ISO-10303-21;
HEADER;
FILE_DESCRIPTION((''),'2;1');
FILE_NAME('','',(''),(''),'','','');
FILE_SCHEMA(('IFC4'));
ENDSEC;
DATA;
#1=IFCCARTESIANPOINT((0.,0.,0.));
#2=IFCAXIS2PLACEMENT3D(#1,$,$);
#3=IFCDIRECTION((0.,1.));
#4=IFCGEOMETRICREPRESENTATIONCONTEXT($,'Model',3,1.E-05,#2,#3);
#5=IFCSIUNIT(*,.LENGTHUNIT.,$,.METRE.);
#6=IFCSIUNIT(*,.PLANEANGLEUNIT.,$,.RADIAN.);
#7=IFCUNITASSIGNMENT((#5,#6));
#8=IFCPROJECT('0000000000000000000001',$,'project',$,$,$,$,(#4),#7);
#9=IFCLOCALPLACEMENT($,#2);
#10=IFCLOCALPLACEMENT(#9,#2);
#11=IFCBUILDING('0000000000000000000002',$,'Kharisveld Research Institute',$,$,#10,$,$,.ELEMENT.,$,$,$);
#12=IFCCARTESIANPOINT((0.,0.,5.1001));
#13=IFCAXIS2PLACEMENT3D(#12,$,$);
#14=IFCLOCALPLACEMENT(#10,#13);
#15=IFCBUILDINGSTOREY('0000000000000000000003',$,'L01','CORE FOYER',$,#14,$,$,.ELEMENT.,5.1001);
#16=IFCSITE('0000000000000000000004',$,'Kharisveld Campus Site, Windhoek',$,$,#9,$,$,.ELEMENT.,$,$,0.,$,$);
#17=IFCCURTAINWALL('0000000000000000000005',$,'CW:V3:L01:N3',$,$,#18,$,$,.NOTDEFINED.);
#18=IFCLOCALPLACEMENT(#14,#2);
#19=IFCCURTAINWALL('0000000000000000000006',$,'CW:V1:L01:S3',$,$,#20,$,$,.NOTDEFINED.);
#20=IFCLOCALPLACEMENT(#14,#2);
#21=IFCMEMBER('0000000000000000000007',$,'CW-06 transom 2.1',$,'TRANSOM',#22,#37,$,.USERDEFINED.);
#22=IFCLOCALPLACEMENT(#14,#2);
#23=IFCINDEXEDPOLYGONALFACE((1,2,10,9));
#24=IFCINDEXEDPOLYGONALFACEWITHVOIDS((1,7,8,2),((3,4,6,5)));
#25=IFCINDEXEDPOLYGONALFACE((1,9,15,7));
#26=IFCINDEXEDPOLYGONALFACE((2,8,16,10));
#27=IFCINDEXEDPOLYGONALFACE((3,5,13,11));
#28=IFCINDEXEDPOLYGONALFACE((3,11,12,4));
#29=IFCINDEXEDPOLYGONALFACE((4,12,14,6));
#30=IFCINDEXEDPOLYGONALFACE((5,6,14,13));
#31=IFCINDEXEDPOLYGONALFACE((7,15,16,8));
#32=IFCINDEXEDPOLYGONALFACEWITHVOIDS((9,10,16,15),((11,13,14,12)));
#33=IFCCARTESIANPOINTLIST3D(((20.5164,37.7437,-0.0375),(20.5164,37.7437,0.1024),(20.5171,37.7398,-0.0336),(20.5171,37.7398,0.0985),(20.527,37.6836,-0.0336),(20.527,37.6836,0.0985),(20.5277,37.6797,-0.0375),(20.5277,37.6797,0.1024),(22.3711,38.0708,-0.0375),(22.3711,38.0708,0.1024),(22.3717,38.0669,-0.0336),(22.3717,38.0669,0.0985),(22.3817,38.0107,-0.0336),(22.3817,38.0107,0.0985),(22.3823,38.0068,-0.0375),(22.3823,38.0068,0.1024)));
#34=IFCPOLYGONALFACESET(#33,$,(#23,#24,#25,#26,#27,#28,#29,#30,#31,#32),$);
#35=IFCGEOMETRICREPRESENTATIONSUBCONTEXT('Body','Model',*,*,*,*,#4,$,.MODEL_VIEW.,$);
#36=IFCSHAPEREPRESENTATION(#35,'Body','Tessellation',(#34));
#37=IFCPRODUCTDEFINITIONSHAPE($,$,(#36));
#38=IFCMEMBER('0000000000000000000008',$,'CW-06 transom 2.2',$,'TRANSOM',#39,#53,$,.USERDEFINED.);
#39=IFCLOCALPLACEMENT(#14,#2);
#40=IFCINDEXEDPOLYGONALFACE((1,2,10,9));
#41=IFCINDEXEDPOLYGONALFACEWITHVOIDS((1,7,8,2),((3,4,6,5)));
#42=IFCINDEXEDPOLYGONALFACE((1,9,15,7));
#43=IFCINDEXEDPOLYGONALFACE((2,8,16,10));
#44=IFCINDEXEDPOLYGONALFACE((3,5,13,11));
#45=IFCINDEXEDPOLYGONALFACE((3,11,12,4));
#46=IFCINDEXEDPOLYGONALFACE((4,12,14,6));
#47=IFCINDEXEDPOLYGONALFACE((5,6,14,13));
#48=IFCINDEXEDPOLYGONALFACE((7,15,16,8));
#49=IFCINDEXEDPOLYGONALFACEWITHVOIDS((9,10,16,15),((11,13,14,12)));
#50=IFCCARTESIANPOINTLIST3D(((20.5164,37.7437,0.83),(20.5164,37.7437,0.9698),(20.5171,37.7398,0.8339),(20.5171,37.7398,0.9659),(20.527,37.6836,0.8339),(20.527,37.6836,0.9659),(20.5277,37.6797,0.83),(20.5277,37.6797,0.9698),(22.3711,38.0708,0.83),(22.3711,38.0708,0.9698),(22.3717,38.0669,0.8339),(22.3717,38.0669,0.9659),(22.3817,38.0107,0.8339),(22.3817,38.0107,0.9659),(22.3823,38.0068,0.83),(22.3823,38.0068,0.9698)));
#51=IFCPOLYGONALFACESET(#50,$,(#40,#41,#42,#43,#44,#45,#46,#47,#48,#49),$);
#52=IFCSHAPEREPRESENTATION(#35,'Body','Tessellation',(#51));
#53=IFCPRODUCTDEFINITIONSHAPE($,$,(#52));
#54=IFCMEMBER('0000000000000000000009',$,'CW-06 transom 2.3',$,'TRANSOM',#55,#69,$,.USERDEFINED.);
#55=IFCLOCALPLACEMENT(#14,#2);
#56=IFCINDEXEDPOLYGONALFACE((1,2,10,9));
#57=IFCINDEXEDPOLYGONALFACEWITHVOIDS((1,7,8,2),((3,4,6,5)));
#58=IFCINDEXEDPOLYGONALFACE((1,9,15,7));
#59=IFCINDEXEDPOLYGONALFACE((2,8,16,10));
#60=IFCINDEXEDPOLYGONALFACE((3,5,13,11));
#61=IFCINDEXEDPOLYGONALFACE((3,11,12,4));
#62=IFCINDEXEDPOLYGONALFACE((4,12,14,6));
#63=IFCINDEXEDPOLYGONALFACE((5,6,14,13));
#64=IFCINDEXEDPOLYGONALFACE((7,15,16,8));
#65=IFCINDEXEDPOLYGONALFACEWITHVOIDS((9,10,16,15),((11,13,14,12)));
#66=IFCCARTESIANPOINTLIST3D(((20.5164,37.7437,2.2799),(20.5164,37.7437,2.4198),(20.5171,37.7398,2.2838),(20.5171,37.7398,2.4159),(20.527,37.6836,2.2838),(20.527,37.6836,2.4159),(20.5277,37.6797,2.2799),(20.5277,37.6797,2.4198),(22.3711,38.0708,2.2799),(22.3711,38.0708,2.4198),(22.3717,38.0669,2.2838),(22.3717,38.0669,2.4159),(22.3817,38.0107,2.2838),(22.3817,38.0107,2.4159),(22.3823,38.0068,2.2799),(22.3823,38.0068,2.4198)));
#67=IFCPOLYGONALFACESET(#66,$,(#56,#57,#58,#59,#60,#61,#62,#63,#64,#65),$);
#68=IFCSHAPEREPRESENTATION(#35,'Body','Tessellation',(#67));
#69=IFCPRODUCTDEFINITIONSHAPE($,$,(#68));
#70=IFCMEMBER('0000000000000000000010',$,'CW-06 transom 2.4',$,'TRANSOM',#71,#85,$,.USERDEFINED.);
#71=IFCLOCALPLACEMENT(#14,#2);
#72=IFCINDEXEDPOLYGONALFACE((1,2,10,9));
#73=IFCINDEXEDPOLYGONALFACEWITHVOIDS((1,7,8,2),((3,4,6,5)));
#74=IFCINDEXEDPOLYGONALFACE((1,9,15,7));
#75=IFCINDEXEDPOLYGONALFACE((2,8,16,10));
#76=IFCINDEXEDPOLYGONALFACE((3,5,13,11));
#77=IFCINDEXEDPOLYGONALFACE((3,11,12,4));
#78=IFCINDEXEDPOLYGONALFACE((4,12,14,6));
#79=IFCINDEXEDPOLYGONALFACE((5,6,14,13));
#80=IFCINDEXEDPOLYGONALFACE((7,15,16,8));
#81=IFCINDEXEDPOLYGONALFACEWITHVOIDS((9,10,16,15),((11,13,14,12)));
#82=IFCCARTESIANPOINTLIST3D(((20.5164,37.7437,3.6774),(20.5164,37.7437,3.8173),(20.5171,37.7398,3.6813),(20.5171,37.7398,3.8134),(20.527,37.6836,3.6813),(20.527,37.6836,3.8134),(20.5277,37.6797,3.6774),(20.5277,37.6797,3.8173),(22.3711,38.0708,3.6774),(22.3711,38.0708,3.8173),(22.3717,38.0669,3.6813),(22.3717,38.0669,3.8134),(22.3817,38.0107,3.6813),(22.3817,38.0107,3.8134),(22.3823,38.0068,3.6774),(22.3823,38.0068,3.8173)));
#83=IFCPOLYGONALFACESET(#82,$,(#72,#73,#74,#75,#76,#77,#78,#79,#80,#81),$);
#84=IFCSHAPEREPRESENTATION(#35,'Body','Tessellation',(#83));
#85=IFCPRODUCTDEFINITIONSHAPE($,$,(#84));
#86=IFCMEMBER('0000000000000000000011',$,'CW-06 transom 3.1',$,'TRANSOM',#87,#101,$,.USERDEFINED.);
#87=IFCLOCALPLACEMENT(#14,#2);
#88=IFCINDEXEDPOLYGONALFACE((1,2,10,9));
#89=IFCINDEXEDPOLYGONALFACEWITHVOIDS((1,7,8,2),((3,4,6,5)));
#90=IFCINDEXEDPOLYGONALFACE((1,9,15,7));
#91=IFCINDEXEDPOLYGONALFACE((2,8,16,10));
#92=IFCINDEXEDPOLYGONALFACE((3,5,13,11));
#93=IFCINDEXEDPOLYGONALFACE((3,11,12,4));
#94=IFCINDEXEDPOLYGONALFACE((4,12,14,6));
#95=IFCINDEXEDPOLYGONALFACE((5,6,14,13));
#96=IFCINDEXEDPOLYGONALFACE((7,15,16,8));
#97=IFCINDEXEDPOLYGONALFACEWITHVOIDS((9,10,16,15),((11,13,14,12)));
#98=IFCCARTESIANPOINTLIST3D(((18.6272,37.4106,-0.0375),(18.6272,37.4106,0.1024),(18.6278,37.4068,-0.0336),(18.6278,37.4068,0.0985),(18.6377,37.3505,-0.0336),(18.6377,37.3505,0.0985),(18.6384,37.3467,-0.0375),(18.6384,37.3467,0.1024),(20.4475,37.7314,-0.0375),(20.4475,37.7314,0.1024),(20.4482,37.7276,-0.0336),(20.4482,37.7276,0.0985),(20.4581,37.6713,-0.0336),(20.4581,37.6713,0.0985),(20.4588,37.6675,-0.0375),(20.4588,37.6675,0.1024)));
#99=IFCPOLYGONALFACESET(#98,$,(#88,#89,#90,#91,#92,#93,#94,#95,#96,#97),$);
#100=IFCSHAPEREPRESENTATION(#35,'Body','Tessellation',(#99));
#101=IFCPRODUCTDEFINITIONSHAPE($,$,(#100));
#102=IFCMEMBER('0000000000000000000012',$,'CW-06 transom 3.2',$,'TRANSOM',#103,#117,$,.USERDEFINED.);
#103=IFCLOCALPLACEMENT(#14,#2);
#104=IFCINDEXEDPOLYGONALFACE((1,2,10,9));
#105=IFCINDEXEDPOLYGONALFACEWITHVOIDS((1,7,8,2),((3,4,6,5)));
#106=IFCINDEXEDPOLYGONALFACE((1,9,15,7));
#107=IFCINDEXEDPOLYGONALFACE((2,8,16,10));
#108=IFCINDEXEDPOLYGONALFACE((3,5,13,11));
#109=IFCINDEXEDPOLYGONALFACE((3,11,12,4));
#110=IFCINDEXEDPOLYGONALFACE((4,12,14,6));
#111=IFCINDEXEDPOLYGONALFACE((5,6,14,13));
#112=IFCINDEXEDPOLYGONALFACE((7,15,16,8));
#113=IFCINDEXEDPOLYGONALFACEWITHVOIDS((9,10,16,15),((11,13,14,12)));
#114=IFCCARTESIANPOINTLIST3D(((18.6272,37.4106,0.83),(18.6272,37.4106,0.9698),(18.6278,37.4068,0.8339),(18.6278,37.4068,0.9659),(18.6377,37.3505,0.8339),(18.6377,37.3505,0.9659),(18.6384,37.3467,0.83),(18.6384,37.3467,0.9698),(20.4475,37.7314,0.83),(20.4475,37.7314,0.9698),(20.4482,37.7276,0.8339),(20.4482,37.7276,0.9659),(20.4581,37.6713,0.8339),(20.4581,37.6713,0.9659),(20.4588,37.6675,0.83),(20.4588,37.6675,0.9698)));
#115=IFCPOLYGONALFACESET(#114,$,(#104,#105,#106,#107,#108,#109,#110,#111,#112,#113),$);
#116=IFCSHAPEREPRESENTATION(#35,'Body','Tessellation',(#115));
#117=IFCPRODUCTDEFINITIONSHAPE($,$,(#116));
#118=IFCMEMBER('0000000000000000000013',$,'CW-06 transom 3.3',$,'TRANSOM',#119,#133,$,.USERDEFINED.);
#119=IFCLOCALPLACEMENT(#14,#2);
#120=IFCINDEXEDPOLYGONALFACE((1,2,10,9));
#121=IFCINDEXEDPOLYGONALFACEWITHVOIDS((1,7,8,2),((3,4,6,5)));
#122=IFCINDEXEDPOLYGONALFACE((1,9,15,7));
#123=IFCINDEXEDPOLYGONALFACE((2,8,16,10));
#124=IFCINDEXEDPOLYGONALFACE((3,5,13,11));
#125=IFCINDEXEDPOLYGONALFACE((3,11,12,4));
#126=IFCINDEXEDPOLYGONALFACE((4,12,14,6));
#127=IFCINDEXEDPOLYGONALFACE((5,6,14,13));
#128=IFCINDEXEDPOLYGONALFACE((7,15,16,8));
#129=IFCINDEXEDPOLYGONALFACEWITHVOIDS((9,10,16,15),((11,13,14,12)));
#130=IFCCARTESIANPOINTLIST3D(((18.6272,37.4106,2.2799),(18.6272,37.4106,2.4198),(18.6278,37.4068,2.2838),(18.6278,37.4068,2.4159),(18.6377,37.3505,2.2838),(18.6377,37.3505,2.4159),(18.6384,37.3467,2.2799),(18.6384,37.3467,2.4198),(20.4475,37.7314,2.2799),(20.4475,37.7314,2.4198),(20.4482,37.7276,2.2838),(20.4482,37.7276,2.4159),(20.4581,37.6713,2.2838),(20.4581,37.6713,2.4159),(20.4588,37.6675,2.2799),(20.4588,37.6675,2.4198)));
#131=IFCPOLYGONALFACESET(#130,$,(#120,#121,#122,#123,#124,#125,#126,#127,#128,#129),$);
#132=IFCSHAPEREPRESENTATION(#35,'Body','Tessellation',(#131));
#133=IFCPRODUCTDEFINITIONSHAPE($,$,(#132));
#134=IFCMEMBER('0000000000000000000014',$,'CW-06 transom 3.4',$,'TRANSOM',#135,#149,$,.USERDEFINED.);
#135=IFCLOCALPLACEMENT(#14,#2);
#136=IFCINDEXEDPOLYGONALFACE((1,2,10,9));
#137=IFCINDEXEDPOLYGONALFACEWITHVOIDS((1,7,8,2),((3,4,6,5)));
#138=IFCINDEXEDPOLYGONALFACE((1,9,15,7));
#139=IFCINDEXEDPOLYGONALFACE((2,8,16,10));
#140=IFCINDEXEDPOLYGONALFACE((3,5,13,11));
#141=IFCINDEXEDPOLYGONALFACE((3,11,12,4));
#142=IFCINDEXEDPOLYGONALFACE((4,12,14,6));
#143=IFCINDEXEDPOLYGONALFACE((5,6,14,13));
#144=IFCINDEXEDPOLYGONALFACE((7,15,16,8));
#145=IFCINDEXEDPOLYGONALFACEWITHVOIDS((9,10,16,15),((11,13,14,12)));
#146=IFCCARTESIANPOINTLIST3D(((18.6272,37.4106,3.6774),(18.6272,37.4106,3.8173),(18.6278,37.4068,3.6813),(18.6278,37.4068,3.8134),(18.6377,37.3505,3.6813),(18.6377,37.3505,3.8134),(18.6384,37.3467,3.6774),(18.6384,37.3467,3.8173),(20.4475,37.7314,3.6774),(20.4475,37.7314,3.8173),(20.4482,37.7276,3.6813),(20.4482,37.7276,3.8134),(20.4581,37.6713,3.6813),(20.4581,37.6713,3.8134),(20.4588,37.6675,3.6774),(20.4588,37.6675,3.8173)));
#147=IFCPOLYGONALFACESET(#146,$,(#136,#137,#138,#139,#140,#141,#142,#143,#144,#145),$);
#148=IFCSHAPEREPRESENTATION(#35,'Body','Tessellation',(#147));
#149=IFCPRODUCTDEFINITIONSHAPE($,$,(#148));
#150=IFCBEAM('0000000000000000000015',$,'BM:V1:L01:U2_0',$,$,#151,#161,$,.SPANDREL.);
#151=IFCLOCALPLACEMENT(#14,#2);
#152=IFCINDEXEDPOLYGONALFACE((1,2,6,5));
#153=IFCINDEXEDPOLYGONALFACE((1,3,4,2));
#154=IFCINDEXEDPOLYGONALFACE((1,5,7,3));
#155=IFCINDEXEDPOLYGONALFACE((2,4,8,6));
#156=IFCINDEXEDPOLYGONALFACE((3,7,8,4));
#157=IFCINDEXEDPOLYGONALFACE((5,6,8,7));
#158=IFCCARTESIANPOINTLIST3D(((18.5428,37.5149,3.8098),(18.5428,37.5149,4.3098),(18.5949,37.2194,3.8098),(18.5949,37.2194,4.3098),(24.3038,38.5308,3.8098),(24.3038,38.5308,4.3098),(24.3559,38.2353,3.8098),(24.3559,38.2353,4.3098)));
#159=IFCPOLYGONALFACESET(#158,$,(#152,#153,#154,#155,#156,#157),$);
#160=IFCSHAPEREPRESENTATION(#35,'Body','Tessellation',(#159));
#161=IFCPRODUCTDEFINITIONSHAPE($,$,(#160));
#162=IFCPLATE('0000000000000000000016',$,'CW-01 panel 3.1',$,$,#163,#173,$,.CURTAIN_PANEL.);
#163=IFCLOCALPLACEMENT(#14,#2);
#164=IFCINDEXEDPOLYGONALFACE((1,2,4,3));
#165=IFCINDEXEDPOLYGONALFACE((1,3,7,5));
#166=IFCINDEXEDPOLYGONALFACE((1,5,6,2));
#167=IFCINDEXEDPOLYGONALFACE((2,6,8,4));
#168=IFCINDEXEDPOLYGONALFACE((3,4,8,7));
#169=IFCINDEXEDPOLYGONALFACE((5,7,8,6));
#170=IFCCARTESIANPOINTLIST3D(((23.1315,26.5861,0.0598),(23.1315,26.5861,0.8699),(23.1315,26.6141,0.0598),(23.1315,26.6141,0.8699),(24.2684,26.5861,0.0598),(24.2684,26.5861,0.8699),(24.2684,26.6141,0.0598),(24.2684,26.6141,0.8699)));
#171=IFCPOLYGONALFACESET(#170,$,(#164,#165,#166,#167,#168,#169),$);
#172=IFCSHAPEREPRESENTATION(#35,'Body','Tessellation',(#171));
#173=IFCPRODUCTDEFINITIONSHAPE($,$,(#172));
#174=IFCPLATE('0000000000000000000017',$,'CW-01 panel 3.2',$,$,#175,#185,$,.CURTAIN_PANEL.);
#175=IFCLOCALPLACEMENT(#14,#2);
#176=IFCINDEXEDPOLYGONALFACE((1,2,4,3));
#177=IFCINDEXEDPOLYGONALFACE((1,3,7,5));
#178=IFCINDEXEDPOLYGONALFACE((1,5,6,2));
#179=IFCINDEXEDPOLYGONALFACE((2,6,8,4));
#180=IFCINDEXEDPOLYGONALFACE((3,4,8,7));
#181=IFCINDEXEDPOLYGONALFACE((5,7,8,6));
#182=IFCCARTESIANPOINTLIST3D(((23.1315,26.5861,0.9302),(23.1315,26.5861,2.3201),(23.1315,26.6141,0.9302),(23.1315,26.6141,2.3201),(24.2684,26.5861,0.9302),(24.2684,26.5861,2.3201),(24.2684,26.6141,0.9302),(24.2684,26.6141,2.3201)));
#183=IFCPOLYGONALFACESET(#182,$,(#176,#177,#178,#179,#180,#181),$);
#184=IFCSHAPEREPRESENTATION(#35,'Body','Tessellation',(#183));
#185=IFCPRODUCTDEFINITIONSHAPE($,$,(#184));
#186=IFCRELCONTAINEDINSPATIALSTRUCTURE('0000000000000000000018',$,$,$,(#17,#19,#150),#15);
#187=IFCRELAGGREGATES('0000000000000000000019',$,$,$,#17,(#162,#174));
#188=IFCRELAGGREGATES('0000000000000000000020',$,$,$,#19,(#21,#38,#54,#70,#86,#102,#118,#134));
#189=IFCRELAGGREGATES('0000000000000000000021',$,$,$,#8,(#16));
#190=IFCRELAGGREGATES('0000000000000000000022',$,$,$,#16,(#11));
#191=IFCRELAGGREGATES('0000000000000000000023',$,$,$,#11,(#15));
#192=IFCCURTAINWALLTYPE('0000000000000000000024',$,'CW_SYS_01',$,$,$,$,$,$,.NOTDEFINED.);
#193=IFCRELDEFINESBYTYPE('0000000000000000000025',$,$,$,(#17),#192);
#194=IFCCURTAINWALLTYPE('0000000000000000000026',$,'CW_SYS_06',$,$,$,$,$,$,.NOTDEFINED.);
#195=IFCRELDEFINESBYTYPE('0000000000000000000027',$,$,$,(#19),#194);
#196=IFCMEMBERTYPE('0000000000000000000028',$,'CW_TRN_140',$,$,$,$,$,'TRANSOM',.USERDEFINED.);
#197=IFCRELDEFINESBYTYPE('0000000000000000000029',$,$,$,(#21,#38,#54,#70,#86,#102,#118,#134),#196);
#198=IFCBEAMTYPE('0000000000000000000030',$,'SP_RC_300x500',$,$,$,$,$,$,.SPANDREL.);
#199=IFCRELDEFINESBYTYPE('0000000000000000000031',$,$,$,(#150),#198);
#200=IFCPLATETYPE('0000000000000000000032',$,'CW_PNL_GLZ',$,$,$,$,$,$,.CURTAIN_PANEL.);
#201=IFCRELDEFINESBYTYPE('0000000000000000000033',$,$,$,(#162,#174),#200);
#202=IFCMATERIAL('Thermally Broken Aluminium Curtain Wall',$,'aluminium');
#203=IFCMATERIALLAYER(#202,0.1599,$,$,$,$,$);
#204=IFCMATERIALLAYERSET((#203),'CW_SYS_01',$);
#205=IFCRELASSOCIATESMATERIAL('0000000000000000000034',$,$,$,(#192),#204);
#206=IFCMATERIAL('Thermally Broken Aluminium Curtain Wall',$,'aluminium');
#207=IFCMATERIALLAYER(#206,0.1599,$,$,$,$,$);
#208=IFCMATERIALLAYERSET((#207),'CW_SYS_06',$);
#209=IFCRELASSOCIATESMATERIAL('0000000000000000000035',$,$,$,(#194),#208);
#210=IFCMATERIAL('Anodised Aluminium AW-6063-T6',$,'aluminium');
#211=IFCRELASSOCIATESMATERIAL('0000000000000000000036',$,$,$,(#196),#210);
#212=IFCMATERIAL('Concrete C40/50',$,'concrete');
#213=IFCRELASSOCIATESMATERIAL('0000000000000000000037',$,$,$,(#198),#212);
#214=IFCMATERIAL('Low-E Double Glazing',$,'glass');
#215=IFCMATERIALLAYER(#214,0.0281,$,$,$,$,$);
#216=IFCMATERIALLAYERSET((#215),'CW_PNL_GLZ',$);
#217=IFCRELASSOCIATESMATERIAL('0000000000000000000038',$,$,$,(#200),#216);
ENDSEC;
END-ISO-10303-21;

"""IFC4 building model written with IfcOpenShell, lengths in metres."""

from ifc_helpers import new_model, si_unit, direction, frame, origin, origin_2d, place, context, subcontext, project, spatial, rectangle, hollow_rectangle, extrude, material, layer, layer_set, material_profile, profile_set, type_object, element, aggregate, save


model = new_model("IFC4")

# Units and contexts
model_context = context("Model", 3, precision=1e-05, world=origin(), true_north=direction((0.0, 1.0)))
body_context = subcontext(model_context, "Body", "Model", "MODEL_VIEW")
ifc_project = project(units=[si_unit("LENGTHUNIT", "METRE"), si_unit("PLANEANGLEUNIT", "RADIAN")], contexts=[model_context])

# Site, building, storey
site_placement = place(None, origin())
site = spatial("IfcSite", under=ifc_project, at=site_placement, Name="Kharisveld Campus Site, Windhoek", CompositionType="ELEMENT", RefElevation=0.0)
building_placement = place(site_placement, origin())
building = spatial("IfcBuilding", under=site, at=building_placement, Name="Kharisveld Research Institute", CompositionType="ELEMENT")
storey_placement = place(building_placement, frame((0.0, 0.0, 5.1001)))
storey = spatial("IfcBuildingStorey", under=building, at=storey_placement, Name="L01", Description="CORE FOYER", CompositionType="ELEMENT", Elevation=5.1001)

# Curtain wall
ifc_material_1 = material(Name="Thermally Broken Aluminium Curtain Wall", Category="aluminium")
ifc_layer_1 = layer(ifc_material_1, 0.1599)
ifc_layer_set_1 = layer_set([ifc_layer_1], Name="CW_SYS_01")
curtain_wall_type_1 = type_object("IfcCurtainWallType", Name="CW_SYS_01", PredefinedType="NOTDEFINED", material=ifc_layer_set_1)
curtain_wall_1_placement = place(storey_placement, origin())
curtain_wall_1 = element("IfcCurtainWall", 1, at=curtain_wall_1_placement, inside=storey, type_object=curtain_wall_type_1, Name="CW:V3:L01:N3", PredefinedType="NOTDEFINED")

# Curtain wall
ifc_material_2 = material(Name="Thermally Broken Aluminium Curtain Wall", Category="aluminium")
ifc_layer_2 = layer(ifc_material_2, 0.1599)
ifc_layer_set_2 = layer_set([ifc_layer_2], Name="CW_SYS_06")
curtain_wall_type_2 = type_object("IfcCurtainWallType", Name="CW_SYS_06", PredefinedType="NOTDEFINED", material=ifc_layer_set_2)
curtain_wall_2_placement = place(storey_placement, origin())
curtain_wall_2 = element("IfcCurtainWall", 2, at=curtain_wall_2_placement, inside=storey, type_object=curtain_wall_type_2, Name="CW:V1:L01:S3", PredefinedType="NOTDEFINED")

# Members
ifc_material_3 = material(Name="Anodised Aluminium AW-6063-T6", Category="aluminium")
ifc_material_profile_1 = material_profile(ifc_material_3, hollow_rectangle(XDim=0.0649, YDim=0.1399, WallThickness=0.0039, at=origin_2d()))
ifc_profile_set_1 = profile_set([ifc_material_profile_1], Name="Anodised Aluminium AW-6063-T6")
member_type_1 = type_object("IfcMemberType", Name="CW_TRN_140", ElementType="TRANSOM", PredefinedType="USERDEFINED", material=ifc_profile_set_1)
member_1_placement = place(storey_placement, frame((22.3767, 38.0388, 0.0325), z_axis=(-0.984798, -0.173704, 0.0), x_axis=(0.173704, -0.984798, 0.0)))
member_1 = element("IfcMember", 3, at=member_1_placement, type_object=member_type_1, Name="CW-06 transom 2.1", ObjectType="TRANSOM", PredefinedType="USERDEFINED", context=body_context, shape_type="SweptSolid", body=[
    extrude(hollow_rectangle(XDim=0.0649, YDim=0.1399, WallThickness=0.0039, at=origin_2d()), origin(), (0.0, 0.0, 1.0), 1.8833),
])
member_2_placement = place(storey_placement, frame((22.3767, 38.0388, 0.8999), z_axis=(-0.984798, -0.173704, 0.0), x_axis=(0.173704, -0.984798, 0.0)))
member_2 = element("IfcMember", 4, at=member_2_placement, type_object=member_type_1, Name="CW-06 transom 2.2", ObjectType="TRANSOM", PredefinedType="USERDEFINED", context=body_context, shape_type="SweptSolid", body=[
    extrude(hollow_rectangle(XDim=0.0649, YDim=0.1399, WallThickness=0.0039, at=origin_2d()), origin(), (0.0, 0.0, 1.0), 1.8833),
])
member_3_placement = place(storey_placement, frame((22.3767, 38.0388, 2.3499), z_axis=(-0.984798, -0.173704, 0.0), x_axis=(0.173704, -0.984798, 0.0)))
member_3 = element("IfcMember", 5, at=member_3_placement, type_object=member_type_1, Name="CW-06 transom 2.3", ObjectType="TRANSOM", PredefinedType="USERDEFINED", context=body_context, shape_type="SweptSolid", body=[
    extrude(hollow_rectangle(XDim=0.0649, YDim=0.1399, WallThickness=0.0039, at=origin_2d()), origin(), (0.0, 0.0, 1.0), 1.8833),
])
member_4_placement = place(storey_placement, frame((22.3767, 38.0388, 3.7473), z_axis=(-0.984798, -0.173704, 0.0), x_axis=(0.173704, -0.984798, 0.0)))
member_4 = element("IfcMember", 6, at=member_4_placement, type_object=member_type_1, Name="CW-06 transom 2.4", ObjectType="TRANSOM", PredefinedType="USERDEFINED", context=body_context, shape_type="SweptSolid", body=[
    extrude(hollow_rectangle(XDim=0.0649, YDim=0.1399, WallThickness=0.0039, at=origin_2d()), origin(), (0.0, 0.0, 1.0), 1.8833),
])
member_5_placement = place(storey_placement, frame((20.4531, 37.6995, 0.0325), z_axis=(-0.984823, -0.173559, 0.0), x_axis=(0.173559, -0.984823, 0.0)))
member_5 = element("IfcMember", 7, at=member_5_placement, type_object=member_type_1, Name="CW-06 transom 3.1", ObjectType="TRANSOM", PredefinedType="USERDEFINED", context=body_context, shape_type="SweptSolid", body=[
    extrude(hollow_rectangle(XDim=0.0649, YDim=0.1399, WallThickness=0.0039, at=origin_2d()), origin(), (0.0, 0.0, 1.0), 1.8484),
])
member_6_placement = place(storey_placement, frame((20.4531, 37.6995, 0.8999), z_axis=(-0.984823, -0.173559, 0.0), x_axis=(0.173559, -0.984823, 0.0)))
member_6 = element("IfcMember", 8, at=member_6_placement, type_object=member_type_1, Name="CW-06 transom 3.2", ObjectType="TRANSOM", PredefinedType="USERDEFINED", context=body_context, shape_type="SweptSolid", body=[
    extrude(hollow_rectangle(XDim=0.0649, YDim=0.1399, WallThickness=0.0039, at=origin_2d()), origin(), (0.0, 0.0, 1.0), 1.8484),
])
member_7_placement = place(storey_placement, frame((20.4531, 37.6995, 2.3499), z_axis=(-0.984823, -0.173559, 0.0), x_axis=(0.173559, -0.984823, 0.0)))
member_7 = element("IfcMember", 9, at=member_7_placement, type_object=member_type_1, Name="CW-06 transom 3.3", ObjectType="TRANSOM", PredefinedType="USERDEFINED", context=body_context, shape_type="SweptSolid", body=[
    extrude(hollow_rectangle(XDim=0.0649, YDim=0.1399, WallThickness=0.0039, at=origin_2d()), origin(), (0.0, 0.0, 1.0), 1.8484),
])
member_8_placement = place(storey_placement, frame((20.4531, 37.6995, 3.7473), z_axis=(-0.984823, -0.173559, 0.0), x_axis=(0.173559, -0.984823, 0.0)))
member_8 = element("IfcMember", 10, at=member_8_placement, type_object=member_type_1, Name="CW-06 transom 3.4", ObjectType="TRANSOM", PredefinedType="USERDEFINED", context=body_context, shape_type="SweptSolid", body=[
    extrude(hollow_rectangle(XDim=0.0649, YDim=0.1399, WallThickness=0.0039, at=origin_2d()), origin(), (0.0, 0.0, 1.0), 1.8484),
])

# Beam
ifc_material_4 = material(Name="Concrete C40/50", Category="concrete")
ifc_material_profile_2 = material_profile(ifc_material_4, rectangle(XDim=0.3, YDim=0.5, at=origin_2d()))
ifc_profile_set_2 = profile_set([ifc_material_profile_2], Name="Concrete C40/50")
beam_type_1 = type_object("IfcBeamType", Name="SP_RC_300x500", PredefinedType="SPANDREL", material=ifc_profile_set_2)
beam_1_placement = place(storey_placement, frame((18.5688, 37.3672, 4.0598), z_axis=(0.984806, 0.173657, 0.0), x_axis=(-0.173657, 0.984806, 0.0)))
element("IfcBeam", 11, at=beam_1_placement, inside=storey, type_object=beam_type_1, Name="BM:V1:L01:U2_0", PredefinedType="SPANDREL", context=body_context, shape_type="SweptSolid", body=[
    extrude(rectangle(XDim=0.3, YDim=0.5, at=origin_2d()), origin(), (0.0, 0.0, 1.0), 5.8499),
])

# Plates
ifc_material_5 = material(Name="Low-E Double Glazing", Category="glass")
ifc_layer_3 = layer(ifc_material_5, 0.0281)
ifc_layer_set_3 = layer_set([ifc_layer_3], Name="CW_PNL_GLZ")
plate_type_1 = type_object("IfcPlateType", Name="CW_PNL_GLZ", PredefinedType="CURTAIN_PANEL", material=ifc_layer_set_3)
plate_1_placement = place(storey_placement, frame((23.7, 26.6001, 0.0598), z_axis=(0.0, 0.0, 1.0), x_axis=(1.0, 0.0, 0.0)))
plate_1 = element("IfcPlate", 12, at=plate_1_placement, type_object=plate_type_1, Name="CW-01 panel 3.1", PredefinedType="CURTAIN_PANEL", context=body_context, shape_type="SweptSolid", body=[
    extrude(rectangle(XDim=1.137, YDim=0.0281, at=origin_2d()), origin(), (0.0, 0.0, 1.0), 0.8101),
])
plate_2_placement = place(storey_placement, frame((23.7, 26.6001, 0.9302), z_axis=(0.0, 0.0, 1.0), x_axis=(1.0, 0.0, 0.0)))
plate_2 = element("IfcPlate", 13, at=plate_2_placement, type_object=plate_type_1, Name="CW-01 panel 3.2", PredefinedType="CURTAIN_PANEL", context=body_context, shape_type="SweptSolid", body=[
    extrude(rectangle(XDim=1.137, YDim=0.0281, at=origin_2d()), origin(), (0.0, 0.0, 1.0), 1.3899),
])
aggregate(curtain_wall_1, [plate_1, plate_2])
aggregate(curtain_wall_2, [member_1, member_2, member_3, member_4, member_5, member_6, member_7, member_8])

save(model, "model.ifc")
